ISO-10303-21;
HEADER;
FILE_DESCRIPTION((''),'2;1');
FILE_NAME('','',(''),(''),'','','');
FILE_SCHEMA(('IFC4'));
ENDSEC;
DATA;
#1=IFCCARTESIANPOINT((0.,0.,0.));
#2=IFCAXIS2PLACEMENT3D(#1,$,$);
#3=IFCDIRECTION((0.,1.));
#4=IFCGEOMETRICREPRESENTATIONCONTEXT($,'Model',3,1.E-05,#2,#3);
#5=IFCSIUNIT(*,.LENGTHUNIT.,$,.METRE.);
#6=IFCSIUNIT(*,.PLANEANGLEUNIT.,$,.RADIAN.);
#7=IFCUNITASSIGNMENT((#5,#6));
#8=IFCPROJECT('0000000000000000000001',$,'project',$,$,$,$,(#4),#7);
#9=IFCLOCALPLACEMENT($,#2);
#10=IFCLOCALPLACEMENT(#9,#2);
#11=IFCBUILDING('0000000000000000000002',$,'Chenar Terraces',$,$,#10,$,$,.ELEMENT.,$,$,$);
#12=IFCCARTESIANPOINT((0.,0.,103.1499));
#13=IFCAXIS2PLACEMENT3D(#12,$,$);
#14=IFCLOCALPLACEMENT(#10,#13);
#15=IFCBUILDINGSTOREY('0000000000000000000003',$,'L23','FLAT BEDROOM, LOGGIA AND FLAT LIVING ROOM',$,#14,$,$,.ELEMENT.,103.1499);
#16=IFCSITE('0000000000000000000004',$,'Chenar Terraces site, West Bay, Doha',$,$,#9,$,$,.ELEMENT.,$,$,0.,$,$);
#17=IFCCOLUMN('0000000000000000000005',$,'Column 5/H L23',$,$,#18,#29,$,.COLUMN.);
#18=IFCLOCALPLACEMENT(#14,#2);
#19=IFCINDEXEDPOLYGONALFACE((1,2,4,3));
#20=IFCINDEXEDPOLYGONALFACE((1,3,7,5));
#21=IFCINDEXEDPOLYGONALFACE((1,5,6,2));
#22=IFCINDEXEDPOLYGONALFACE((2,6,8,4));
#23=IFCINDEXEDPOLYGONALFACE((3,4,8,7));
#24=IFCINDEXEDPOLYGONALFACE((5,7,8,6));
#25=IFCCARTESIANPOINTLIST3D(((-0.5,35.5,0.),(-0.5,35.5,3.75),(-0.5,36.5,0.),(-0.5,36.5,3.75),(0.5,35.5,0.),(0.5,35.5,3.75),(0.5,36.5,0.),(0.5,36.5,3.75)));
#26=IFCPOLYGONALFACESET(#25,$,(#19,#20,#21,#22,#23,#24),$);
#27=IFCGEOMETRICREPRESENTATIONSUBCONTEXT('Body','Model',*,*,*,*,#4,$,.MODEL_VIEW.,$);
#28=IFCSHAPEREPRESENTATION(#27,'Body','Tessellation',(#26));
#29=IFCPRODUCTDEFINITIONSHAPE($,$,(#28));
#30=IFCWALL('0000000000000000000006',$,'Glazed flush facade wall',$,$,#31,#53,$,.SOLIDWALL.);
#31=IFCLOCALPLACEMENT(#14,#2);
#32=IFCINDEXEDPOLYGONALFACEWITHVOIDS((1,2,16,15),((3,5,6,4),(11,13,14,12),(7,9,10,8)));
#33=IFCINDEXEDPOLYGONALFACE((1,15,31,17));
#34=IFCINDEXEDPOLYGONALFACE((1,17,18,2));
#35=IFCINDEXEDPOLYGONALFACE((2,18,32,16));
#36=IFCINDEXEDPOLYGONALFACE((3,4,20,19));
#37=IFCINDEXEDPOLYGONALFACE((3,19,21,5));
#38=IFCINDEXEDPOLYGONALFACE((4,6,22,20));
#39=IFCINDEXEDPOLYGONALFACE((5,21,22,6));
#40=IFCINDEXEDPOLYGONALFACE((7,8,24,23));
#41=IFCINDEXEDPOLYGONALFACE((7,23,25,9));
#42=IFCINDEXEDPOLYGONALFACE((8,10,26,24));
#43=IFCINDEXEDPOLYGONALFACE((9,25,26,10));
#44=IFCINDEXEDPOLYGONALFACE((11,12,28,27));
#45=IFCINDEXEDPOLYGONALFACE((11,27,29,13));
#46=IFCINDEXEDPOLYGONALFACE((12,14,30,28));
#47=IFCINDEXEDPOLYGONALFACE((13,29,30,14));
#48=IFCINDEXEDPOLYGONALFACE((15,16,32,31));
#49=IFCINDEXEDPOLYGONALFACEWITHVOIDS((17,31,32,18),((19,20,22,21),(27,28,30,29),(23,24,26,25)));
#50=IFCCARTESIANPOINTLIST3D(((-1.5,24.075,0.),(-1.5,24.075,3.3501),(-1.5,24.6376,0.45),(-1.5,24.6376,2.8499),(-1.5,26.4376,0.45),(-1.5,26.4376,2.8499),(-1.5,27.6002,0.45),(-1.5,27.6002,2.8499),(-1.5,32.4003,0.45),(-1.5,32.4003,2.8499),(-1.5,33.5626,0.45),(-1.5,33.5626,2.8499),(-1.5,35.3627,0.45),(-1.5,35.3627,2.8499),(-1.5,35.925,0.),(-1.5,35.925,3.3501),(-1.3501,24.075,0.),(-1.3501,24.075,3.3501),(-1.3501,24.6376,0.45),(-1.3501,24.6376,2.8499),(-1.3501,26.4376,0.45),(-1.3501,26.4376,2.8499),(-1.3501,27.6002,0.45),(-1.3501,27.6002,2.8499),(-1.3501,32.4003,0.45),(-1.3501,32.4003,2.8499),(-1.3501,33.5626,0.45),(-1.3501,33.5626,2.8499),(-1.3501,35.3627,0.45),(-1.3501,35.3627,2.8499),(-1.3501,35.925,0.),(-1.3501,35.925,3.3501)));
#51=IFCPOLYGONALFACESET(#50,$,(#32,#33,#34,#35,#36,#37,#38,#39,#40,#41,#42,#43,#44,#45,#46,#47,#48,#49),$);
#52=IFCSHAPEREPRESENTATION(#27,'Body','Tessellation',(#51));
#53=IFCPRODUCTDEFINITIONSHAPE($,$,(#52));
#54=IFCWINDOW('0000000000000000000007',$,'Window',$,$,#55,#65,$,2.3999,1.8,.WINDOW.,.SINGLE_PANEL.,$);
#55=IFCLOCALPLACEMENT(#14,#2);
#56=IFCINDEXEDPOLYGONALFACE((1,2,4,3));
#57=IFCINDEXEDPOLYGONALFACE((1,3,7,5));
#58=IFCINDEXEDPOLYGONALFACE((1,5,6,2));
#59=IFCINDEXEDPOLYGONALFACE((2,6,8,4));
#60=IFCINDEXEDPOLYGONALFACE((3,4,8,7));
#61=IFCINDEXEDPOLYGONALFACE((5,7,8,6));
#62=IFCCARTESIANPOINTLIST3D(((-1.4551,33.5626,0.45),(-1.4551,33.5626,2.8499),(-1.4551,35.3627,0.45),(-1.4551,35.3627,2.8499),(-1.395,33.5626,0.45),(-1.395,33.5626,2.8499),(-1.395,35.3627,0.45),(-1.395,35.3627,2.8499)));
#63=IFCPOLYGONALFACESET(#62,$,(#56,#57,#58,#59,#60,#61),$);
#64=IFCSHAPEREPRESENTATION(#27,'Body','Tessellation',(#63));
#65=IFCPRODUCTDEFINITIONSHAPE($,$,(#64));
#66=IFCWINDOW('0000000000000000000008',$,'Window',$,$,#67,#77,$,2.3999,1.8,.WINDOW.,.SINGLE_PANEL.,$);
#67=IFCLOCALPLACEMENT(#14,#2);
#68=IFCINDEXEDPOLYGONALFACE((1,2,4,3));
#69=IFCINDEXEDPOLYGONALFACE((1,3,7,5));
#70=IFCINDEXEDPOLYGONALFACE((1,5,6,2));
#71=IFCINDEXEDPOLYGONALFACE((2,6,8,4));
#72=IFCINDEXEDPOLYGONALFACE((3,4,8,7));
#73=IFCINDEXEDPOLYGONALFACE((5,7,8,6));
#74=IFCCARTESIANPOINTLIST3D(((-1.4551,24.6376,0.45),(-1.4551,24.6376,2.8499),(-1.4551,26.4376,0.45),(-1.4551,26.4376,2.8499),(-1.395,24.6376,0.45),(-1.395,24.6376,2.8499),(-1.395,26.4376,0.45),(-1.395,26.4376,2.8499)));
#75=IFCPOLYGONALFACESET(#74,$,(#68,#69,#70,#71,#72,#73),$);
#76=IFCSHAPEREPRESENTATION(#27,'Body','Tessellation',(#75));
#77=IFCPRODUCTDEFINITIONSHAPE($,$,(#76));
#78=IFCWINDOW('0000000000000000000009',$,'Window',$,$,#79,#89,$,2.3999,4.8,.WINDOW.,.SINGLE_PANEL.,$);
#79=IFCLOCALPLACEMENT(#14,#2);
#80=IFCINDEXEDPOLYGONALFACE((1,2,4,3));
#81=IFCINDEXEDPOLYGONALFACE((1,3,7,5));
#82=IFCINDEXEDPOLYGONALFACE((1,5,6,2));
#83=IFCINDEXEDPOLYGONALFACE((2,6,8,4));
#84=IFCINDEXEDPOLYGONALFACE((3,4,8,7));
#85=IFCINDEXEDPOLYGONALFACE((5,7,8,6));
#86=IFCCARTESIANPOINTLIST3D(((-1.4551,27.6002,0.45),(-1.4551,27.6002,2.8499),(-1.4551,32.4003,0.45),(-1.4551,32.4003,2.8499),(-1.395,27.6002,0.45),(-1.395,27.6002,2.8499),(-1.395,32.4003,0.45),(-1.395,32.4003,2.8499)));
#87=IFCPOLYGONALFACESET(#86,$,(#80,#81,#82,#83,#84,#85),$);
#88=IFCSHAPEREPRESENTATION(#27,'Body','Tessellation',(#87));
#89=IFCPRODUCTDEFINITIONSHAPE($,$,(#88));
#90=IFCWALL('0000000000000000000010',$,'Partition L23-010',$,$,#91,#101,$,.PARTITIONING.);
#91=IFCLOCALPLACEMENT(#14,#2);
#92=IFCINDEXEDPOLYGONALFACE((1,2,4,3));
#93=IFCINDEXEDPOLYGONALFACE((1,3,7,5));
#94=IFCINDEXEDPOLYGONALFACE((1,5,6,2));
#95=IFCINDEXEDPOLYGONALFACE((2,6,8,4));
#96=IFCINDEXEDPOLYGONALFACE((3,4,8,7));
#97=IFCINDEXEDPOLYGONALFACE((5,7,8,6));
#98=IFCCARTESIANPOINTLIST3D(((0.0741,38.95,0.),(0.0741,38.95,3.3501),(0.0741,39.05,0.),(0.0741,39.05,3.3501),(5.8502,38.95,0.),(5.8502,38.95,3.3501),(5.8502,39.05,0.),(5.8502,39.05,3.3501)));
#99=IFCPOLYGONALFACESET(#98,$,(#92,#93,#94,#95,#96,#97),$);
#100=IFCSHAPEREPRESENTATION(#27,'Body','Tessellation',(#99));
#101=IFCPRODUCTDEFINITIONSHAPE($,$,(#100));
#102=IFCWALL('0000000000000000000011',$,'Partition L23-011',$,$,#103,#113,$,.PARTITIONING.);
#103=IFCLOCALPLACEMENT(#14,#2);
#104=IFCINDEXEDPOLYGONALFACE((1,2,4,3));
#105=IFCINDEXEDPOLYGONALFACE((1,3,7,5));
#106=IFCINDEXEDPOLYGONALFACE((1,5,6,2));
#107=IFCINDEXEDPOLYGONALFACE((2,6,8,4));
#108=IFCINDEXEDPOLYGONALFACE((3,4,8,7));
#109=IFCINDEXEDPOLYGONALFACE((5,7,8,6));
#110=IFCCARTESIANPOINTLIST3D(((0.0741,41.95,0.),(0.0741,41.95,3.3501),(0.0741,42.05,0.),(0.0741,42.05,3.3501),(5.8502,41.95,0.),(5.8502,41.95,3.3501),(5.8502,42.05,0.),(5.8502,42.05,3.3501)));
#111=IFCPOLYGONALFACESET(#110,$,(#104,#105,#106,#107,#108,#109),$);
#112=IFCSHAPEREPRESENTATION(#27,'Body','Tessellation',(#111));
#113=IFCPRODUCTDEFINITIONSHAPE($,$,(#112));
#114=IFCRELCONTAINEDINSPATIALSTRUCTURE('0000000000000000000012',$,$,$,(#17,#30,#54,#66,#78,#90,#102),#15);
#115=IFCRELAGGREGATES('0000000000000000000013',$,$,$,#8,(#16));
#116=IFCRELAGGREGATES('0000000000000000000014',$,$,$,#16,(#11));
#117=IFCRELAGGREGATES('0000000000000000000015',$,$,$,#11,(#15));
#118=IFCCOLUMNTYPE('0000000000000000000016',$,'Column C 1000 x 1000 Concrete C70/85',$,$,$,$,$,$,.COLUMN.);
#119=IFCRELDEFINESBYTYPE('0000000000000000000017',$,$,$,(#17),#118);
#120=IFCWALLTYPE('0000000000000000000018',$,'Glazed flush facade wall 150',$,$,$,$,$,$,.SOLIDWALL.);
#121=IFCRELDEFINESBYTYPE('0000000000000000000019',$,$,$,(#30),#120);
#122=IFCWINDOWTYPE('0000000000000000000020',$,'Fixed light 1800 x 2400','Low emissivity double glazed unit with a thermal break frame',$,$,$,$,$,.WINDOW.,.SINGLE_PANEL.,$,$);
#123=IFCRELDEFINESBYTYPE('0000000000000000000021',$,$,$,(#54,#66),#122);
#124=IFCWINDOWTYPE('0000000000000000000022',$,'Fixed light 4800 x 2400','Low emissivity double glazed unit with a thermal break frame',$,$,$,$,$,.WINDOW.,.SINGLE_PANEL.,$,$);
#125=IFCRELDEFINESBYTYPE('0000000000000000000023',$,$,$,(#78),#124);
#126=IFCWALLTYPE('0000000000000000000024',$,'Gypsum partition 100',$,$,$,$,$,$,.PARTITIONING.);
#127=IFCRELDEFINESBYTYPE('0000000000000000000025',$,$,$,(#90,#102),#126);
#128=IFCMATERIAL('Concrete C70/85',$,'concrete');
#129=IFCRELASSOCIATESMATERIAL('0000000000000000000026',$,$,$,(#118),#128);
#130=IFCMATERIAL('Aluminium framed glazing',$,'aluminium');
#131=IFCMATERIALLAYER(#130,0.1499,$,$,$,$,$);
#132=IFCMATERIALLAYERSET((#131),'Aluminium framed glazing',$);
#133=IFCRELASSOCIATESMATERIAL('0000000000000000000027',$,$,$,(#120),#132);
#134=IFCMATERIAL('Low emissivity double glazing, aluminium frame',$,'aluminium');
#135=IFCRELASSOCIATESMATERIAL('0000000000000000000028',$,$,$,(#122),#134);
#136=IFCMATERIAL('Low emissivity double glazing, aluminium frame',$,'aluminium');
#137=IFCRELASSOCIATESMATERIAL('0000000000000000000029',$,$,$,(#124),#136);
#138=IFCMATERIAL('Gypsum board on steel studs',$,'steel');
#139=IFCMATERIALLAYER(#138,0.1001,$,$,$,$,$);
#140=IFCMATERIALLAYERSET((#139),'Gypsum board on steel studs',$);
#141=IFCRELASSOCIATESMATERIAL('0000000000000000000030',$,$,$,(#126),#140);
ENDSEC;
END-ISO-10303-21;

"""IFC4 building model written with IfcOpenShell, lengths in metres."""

from ifc_helpers import new_model, si_unit, direction, frame, frame_2d, origin, origin_2d, place, context, subcontext, project, spatial, rectangle, extrude, material, layer, layer_set, material_profile, profile_set, type_object, element, fill, save


model = new_model("IFC4")

# Units and contexts
model_context = context("Model", 3, precision=1e-05, world=origin(), true_north=direction((0.0, 1.0)))
body_context = subcontext(model_context, "Body", "Model", "MODEL_VIEW")
ifc_project = project(units=[si_unit("LENGTHUNIT", "METRE"), si_unit("PLANEANGLEUNIT", "RADIAN")], contexts=[model_context])

# Site, building, storey
site_placement = place(None, origin())
site = spatial("IfcSite", under=ifc_project, at=site_placement, Name="Chenar Terraces site, West Bay, Doha", CompositionType="ELEMENT", RefElevation=0.0)
building_placement = place(site_placement, origin())
building = spatial("IfcBuilding", under=site, at=building_placement, Name="Chenar Terraces", CompositionType="ELEMENT")
storey_placement = place(building_placement, frame((0.0, 0.0, 103.1499)))
storey = spatial("IfcBuildingStorey", under=building, at=storey_placement, Name="L23", Description="FLAT BEDROOM, LOGGIA AND FLAT LIVING ROOM", CompositionType="ELEMENT", Elevation=103.1499)

# Column
ifc_material_1 = material(Name="Concrete C70/85", Category="concrete")
ifc_material_profile = material_profile(ifc_material_1, rectangle(XDim=1.0, YDim=1.0, at=origin_2d()), Name="C 1000 x 1000")
ifc_profile_set = profile_set([ifc_material_profile], Name="Concrete C70/85")
column_type = type_object("IfcColumnType", Name="Column C 1000 x 1000 Concrete C70/85", PredefinedType="COLUMN", material=ifc_profile_set)
placement = place(storey_placement, frame((0.0, 36.0, 0.0), z_axis=(0.0, 0.0, 1.0), x_axis=(1.0, 0.0, 0.0)))
element("IfcColumn", 1, at=placement, inside=storey, type_object=column_type, Name="Column 5/H L23", PredefinedType="COLUMN", context=body_context, shape_type="SweptSolid", body=[
    extrude(rectangle(XDim=1.0, YDim=1.0, at=origin_2d()), origin(), (0.0, 0.0, 1.0), 3.75),
])

# Wall, openings, windows
ifc_material_2 = material(Name="Aluminium framed glazing", Category="aluminium")
ifc_layer_1 = layer(ifc_material_2, 0.1499)
ifc_layer_set_1 = layer_set([ifc_layer_1], Name="Aluminium framed glazing")
wall_type_1 = type_object("IfcWallType", Name="Glazed flush facade wall 150", PredefinedType="SOLIDWALL", material=ifc_layer_set_1)
wall_1_placement = place(storey_placement, frame((-1.425, 35.925, 0.0), z_axis=(0.0, 0.0, 1.0), x_axis=(0.0, -1.0, 0.0)))
wall_1 = element("IfcWall", 2, at=wall_1_placement, inside=storey, type_object=wall_type_1, Name="Glazed flush facade wall", PredefinedType="SOLIDWALL", context=body_context, shape_type="SweptSolid", body=[
    extrude(rectangle(XDim=11.8501, YDim=0.1499, at=frame_2d((5.925, 0.0))), origin(), (0.0, 0.0, 1.0), 3.3501),
])
opening_1_placement = place(wall_1_placement, frame((0.5625, 0.0, 0.45)))
opening_1 = element("IfcOpeningElement", 3, at=opening_1_placement, cuts=wall_1, PredefinedType="OPENING", context=body_context, shape_type="SweptSolid", body=[
    extrude(rectangle(XDim=1.8, YDim=2.3999, at=frame_2d((0.8999, 1.2))), frame((0.0, 0.085, 0.0), z_axis=(0.0, -1.0, 0.0), x_axis=(1.0, 0.0, 0.0)), (0.0, 0.0, 1.0), 0.1699),
])
opening_2_placement = place(wall_1_placement, frame((3.5249, 0.0, 0.45)))
opening_2 = element("IfcOpeningElement", 4, at=opening_2_placement, cuts=wall_1, PredefinedType="OPENING", context=body_context, shape_type="SweptSolid", body=[
    extrude(rectangle(XDim=4.8, YDim=2.3999, at=frame_2d((2.3999, 1.2))), frame((0.0, 0.085, 0.0), z_axis=(0.0, -1.0, 0.0), x_axis=(1.0, 0.0, 0.0)), (0.0, 0.0, 1.0), 0.1699),
])
opening_3_placement = place(wall_1_placement, frame((9.4875, 0.0, 0.45)))
opening_3 = element("IfcOpeningElement", 5, at=opening_3_placement, cuts=wall_1, PredefinedType="OPENING", context=body_context, shape_type="SweptSolid", body=[
    extrude(rectangle(XDim=1.8, YDim=2.3999, at=frame_2d((0.8999, 1.2))), frame((0.0, 0.085, 0.0), z_axis=(0.0, -1.0, 0.0), x_axis=(1.0, 0.0, 0.0)), (0.0, 0.0, 1.0), 0.1699),
])
ifc_material_3 = material(Name="Low emissivity double glazing, aluminium frame", Category="aluminium")
window_type_1 = type_object("IfcWindowType", Name="Fixed light 1800 x 2400", Description="Low emissivity double glazed unit with a thermal break frame", PartitioningType="SINGLE_PANEL", PredefinedType="WINDOW", material=ifc_material_3)
window_1_placement = place(opening_1_placement, origin())
window_1 = element("IfcWindow", 6, at=window_1_placement, inside=storey, type_object=window_type_1, Name="Window", OverallHeight=2.3999, OverallWidth=1.8, PartitioningType="SINGLE_PANEL", PredefinedType="WINDOW", context=body_context, shape_type="SweptSolid", body=[
    extrude(rectangle(XDim=1.8, YDim=2.3999, at=frame_2d((0.8999, 1.2))), frame((0.0, 0.03, 0.0), z_axis=(0.0, -1.0, 0.0), x_axis=(1.0, 0.0, 0.0)), (0.0, 0.0, 1.0), 0.0601),
])
fill(opening_1, window_1)
window_2_placement = place(opening_3_placement, origin())
window_2 = element("IfcWindow", 7, at=window_2_placement, inside=storey, type_object=window_type_1, Name="Window", OverallHeight=2.3999, OverallWidth=1.8, PartitioningType="SINGLE_PANEL", PredefinedType="WINDOW", context=body_context, shape_type="SweptSolid", body=[
    extrude(rectangle(XDim=1.8, YDim=2.3999, at=frame_2d((0.8999, 1.2))), frame((0.0, 0.03, 0.0), z_axis=(0.0, -1.0, 0.0), x_axis=(1.0, 0.0, 0.0)), (0.0, 0.0, 1.0), 0.0601),
])
fill(opening_3, window_2)
ifc_material_4 = material(Name="Low emissivity double glazing, aluminium frame", Category="aluminium")
window_type_2 = type_object("IfcWindowType", Name="Fixed light 4800 x 2400", Description="Low emissivity double glazed unit with a thermal break frame", PartitioningType="SINGLE_PANEL", PredefinedType="WINDOW", material=ifc_material_4)
window_3_placement = place(opening_2_placement, origin())
window_3 = element("IfcWindow", 8, at=window_3_placement, inside=storey, type_object=window_type_2, Name="Window", OverallHeight=2.3999, OverallWidth=4.8, PartitioningType="SINGLE_PANEL", PredefinedType="WINDOW", context=body_context, shape_type="SweptSolid", body=[
    extrude(rectangle(XDim=4.8, YDim=2.3999, at=frame_2d((2.3999, 1.2))), frame((0.0, 0.03, 0.0), z_axis=(0.0, -1.0, 0.0), x_axis=(1.0, 0.0, 0.0)), (0.0, 0.0, 1.0), 0.0601),
])
fill(opening_2, window_3)

# Walls
ifc_material_5 = material(Name="Gypsum board on steel studs", Category="steel")
ifc_layer_2 = layer(ifc_material_5, 0.1001)
ifc_layer_set_2 = layer_set([ifc_layer_2], Name="Gypsum board on steel studs")
wall_type_2 = type_object("IfcWallType", Name="Gypsum partition 100", PredefinedType="PARTITIONING", material=ifc_layer_set_2)
for number, where, z_axis, x_axis, name in (
    (9, (0.074, 39.0, 0.0), (0.0, 0.0, 1.0), (1.0, 0.0, 0.0), "Partition L23-010"),
    (10, (0.074, 42.0, 0.0), (0.0, 0.0, 1.0), (1.0, 0.0, 0.0), "Partition L23-011"),
):
    element("IfcWall", number, at=place(storey_placement, frame(where, z_axis=z_axis, x_axis=x_axis)), inside=storey, type_object=wall_type_2, Name=name, PredefinedType="PARTITIONING", context=body_context, shape_type="SweptSolid", body=[
        extrude(rectangle(XDim=5.7761, YDim=0.1001, at=frame_2d((2.8882, 0.0))), origin(), (0.0, 0.0, 1.0), 3.3501),
    ])

save(model, "model.ifc")
